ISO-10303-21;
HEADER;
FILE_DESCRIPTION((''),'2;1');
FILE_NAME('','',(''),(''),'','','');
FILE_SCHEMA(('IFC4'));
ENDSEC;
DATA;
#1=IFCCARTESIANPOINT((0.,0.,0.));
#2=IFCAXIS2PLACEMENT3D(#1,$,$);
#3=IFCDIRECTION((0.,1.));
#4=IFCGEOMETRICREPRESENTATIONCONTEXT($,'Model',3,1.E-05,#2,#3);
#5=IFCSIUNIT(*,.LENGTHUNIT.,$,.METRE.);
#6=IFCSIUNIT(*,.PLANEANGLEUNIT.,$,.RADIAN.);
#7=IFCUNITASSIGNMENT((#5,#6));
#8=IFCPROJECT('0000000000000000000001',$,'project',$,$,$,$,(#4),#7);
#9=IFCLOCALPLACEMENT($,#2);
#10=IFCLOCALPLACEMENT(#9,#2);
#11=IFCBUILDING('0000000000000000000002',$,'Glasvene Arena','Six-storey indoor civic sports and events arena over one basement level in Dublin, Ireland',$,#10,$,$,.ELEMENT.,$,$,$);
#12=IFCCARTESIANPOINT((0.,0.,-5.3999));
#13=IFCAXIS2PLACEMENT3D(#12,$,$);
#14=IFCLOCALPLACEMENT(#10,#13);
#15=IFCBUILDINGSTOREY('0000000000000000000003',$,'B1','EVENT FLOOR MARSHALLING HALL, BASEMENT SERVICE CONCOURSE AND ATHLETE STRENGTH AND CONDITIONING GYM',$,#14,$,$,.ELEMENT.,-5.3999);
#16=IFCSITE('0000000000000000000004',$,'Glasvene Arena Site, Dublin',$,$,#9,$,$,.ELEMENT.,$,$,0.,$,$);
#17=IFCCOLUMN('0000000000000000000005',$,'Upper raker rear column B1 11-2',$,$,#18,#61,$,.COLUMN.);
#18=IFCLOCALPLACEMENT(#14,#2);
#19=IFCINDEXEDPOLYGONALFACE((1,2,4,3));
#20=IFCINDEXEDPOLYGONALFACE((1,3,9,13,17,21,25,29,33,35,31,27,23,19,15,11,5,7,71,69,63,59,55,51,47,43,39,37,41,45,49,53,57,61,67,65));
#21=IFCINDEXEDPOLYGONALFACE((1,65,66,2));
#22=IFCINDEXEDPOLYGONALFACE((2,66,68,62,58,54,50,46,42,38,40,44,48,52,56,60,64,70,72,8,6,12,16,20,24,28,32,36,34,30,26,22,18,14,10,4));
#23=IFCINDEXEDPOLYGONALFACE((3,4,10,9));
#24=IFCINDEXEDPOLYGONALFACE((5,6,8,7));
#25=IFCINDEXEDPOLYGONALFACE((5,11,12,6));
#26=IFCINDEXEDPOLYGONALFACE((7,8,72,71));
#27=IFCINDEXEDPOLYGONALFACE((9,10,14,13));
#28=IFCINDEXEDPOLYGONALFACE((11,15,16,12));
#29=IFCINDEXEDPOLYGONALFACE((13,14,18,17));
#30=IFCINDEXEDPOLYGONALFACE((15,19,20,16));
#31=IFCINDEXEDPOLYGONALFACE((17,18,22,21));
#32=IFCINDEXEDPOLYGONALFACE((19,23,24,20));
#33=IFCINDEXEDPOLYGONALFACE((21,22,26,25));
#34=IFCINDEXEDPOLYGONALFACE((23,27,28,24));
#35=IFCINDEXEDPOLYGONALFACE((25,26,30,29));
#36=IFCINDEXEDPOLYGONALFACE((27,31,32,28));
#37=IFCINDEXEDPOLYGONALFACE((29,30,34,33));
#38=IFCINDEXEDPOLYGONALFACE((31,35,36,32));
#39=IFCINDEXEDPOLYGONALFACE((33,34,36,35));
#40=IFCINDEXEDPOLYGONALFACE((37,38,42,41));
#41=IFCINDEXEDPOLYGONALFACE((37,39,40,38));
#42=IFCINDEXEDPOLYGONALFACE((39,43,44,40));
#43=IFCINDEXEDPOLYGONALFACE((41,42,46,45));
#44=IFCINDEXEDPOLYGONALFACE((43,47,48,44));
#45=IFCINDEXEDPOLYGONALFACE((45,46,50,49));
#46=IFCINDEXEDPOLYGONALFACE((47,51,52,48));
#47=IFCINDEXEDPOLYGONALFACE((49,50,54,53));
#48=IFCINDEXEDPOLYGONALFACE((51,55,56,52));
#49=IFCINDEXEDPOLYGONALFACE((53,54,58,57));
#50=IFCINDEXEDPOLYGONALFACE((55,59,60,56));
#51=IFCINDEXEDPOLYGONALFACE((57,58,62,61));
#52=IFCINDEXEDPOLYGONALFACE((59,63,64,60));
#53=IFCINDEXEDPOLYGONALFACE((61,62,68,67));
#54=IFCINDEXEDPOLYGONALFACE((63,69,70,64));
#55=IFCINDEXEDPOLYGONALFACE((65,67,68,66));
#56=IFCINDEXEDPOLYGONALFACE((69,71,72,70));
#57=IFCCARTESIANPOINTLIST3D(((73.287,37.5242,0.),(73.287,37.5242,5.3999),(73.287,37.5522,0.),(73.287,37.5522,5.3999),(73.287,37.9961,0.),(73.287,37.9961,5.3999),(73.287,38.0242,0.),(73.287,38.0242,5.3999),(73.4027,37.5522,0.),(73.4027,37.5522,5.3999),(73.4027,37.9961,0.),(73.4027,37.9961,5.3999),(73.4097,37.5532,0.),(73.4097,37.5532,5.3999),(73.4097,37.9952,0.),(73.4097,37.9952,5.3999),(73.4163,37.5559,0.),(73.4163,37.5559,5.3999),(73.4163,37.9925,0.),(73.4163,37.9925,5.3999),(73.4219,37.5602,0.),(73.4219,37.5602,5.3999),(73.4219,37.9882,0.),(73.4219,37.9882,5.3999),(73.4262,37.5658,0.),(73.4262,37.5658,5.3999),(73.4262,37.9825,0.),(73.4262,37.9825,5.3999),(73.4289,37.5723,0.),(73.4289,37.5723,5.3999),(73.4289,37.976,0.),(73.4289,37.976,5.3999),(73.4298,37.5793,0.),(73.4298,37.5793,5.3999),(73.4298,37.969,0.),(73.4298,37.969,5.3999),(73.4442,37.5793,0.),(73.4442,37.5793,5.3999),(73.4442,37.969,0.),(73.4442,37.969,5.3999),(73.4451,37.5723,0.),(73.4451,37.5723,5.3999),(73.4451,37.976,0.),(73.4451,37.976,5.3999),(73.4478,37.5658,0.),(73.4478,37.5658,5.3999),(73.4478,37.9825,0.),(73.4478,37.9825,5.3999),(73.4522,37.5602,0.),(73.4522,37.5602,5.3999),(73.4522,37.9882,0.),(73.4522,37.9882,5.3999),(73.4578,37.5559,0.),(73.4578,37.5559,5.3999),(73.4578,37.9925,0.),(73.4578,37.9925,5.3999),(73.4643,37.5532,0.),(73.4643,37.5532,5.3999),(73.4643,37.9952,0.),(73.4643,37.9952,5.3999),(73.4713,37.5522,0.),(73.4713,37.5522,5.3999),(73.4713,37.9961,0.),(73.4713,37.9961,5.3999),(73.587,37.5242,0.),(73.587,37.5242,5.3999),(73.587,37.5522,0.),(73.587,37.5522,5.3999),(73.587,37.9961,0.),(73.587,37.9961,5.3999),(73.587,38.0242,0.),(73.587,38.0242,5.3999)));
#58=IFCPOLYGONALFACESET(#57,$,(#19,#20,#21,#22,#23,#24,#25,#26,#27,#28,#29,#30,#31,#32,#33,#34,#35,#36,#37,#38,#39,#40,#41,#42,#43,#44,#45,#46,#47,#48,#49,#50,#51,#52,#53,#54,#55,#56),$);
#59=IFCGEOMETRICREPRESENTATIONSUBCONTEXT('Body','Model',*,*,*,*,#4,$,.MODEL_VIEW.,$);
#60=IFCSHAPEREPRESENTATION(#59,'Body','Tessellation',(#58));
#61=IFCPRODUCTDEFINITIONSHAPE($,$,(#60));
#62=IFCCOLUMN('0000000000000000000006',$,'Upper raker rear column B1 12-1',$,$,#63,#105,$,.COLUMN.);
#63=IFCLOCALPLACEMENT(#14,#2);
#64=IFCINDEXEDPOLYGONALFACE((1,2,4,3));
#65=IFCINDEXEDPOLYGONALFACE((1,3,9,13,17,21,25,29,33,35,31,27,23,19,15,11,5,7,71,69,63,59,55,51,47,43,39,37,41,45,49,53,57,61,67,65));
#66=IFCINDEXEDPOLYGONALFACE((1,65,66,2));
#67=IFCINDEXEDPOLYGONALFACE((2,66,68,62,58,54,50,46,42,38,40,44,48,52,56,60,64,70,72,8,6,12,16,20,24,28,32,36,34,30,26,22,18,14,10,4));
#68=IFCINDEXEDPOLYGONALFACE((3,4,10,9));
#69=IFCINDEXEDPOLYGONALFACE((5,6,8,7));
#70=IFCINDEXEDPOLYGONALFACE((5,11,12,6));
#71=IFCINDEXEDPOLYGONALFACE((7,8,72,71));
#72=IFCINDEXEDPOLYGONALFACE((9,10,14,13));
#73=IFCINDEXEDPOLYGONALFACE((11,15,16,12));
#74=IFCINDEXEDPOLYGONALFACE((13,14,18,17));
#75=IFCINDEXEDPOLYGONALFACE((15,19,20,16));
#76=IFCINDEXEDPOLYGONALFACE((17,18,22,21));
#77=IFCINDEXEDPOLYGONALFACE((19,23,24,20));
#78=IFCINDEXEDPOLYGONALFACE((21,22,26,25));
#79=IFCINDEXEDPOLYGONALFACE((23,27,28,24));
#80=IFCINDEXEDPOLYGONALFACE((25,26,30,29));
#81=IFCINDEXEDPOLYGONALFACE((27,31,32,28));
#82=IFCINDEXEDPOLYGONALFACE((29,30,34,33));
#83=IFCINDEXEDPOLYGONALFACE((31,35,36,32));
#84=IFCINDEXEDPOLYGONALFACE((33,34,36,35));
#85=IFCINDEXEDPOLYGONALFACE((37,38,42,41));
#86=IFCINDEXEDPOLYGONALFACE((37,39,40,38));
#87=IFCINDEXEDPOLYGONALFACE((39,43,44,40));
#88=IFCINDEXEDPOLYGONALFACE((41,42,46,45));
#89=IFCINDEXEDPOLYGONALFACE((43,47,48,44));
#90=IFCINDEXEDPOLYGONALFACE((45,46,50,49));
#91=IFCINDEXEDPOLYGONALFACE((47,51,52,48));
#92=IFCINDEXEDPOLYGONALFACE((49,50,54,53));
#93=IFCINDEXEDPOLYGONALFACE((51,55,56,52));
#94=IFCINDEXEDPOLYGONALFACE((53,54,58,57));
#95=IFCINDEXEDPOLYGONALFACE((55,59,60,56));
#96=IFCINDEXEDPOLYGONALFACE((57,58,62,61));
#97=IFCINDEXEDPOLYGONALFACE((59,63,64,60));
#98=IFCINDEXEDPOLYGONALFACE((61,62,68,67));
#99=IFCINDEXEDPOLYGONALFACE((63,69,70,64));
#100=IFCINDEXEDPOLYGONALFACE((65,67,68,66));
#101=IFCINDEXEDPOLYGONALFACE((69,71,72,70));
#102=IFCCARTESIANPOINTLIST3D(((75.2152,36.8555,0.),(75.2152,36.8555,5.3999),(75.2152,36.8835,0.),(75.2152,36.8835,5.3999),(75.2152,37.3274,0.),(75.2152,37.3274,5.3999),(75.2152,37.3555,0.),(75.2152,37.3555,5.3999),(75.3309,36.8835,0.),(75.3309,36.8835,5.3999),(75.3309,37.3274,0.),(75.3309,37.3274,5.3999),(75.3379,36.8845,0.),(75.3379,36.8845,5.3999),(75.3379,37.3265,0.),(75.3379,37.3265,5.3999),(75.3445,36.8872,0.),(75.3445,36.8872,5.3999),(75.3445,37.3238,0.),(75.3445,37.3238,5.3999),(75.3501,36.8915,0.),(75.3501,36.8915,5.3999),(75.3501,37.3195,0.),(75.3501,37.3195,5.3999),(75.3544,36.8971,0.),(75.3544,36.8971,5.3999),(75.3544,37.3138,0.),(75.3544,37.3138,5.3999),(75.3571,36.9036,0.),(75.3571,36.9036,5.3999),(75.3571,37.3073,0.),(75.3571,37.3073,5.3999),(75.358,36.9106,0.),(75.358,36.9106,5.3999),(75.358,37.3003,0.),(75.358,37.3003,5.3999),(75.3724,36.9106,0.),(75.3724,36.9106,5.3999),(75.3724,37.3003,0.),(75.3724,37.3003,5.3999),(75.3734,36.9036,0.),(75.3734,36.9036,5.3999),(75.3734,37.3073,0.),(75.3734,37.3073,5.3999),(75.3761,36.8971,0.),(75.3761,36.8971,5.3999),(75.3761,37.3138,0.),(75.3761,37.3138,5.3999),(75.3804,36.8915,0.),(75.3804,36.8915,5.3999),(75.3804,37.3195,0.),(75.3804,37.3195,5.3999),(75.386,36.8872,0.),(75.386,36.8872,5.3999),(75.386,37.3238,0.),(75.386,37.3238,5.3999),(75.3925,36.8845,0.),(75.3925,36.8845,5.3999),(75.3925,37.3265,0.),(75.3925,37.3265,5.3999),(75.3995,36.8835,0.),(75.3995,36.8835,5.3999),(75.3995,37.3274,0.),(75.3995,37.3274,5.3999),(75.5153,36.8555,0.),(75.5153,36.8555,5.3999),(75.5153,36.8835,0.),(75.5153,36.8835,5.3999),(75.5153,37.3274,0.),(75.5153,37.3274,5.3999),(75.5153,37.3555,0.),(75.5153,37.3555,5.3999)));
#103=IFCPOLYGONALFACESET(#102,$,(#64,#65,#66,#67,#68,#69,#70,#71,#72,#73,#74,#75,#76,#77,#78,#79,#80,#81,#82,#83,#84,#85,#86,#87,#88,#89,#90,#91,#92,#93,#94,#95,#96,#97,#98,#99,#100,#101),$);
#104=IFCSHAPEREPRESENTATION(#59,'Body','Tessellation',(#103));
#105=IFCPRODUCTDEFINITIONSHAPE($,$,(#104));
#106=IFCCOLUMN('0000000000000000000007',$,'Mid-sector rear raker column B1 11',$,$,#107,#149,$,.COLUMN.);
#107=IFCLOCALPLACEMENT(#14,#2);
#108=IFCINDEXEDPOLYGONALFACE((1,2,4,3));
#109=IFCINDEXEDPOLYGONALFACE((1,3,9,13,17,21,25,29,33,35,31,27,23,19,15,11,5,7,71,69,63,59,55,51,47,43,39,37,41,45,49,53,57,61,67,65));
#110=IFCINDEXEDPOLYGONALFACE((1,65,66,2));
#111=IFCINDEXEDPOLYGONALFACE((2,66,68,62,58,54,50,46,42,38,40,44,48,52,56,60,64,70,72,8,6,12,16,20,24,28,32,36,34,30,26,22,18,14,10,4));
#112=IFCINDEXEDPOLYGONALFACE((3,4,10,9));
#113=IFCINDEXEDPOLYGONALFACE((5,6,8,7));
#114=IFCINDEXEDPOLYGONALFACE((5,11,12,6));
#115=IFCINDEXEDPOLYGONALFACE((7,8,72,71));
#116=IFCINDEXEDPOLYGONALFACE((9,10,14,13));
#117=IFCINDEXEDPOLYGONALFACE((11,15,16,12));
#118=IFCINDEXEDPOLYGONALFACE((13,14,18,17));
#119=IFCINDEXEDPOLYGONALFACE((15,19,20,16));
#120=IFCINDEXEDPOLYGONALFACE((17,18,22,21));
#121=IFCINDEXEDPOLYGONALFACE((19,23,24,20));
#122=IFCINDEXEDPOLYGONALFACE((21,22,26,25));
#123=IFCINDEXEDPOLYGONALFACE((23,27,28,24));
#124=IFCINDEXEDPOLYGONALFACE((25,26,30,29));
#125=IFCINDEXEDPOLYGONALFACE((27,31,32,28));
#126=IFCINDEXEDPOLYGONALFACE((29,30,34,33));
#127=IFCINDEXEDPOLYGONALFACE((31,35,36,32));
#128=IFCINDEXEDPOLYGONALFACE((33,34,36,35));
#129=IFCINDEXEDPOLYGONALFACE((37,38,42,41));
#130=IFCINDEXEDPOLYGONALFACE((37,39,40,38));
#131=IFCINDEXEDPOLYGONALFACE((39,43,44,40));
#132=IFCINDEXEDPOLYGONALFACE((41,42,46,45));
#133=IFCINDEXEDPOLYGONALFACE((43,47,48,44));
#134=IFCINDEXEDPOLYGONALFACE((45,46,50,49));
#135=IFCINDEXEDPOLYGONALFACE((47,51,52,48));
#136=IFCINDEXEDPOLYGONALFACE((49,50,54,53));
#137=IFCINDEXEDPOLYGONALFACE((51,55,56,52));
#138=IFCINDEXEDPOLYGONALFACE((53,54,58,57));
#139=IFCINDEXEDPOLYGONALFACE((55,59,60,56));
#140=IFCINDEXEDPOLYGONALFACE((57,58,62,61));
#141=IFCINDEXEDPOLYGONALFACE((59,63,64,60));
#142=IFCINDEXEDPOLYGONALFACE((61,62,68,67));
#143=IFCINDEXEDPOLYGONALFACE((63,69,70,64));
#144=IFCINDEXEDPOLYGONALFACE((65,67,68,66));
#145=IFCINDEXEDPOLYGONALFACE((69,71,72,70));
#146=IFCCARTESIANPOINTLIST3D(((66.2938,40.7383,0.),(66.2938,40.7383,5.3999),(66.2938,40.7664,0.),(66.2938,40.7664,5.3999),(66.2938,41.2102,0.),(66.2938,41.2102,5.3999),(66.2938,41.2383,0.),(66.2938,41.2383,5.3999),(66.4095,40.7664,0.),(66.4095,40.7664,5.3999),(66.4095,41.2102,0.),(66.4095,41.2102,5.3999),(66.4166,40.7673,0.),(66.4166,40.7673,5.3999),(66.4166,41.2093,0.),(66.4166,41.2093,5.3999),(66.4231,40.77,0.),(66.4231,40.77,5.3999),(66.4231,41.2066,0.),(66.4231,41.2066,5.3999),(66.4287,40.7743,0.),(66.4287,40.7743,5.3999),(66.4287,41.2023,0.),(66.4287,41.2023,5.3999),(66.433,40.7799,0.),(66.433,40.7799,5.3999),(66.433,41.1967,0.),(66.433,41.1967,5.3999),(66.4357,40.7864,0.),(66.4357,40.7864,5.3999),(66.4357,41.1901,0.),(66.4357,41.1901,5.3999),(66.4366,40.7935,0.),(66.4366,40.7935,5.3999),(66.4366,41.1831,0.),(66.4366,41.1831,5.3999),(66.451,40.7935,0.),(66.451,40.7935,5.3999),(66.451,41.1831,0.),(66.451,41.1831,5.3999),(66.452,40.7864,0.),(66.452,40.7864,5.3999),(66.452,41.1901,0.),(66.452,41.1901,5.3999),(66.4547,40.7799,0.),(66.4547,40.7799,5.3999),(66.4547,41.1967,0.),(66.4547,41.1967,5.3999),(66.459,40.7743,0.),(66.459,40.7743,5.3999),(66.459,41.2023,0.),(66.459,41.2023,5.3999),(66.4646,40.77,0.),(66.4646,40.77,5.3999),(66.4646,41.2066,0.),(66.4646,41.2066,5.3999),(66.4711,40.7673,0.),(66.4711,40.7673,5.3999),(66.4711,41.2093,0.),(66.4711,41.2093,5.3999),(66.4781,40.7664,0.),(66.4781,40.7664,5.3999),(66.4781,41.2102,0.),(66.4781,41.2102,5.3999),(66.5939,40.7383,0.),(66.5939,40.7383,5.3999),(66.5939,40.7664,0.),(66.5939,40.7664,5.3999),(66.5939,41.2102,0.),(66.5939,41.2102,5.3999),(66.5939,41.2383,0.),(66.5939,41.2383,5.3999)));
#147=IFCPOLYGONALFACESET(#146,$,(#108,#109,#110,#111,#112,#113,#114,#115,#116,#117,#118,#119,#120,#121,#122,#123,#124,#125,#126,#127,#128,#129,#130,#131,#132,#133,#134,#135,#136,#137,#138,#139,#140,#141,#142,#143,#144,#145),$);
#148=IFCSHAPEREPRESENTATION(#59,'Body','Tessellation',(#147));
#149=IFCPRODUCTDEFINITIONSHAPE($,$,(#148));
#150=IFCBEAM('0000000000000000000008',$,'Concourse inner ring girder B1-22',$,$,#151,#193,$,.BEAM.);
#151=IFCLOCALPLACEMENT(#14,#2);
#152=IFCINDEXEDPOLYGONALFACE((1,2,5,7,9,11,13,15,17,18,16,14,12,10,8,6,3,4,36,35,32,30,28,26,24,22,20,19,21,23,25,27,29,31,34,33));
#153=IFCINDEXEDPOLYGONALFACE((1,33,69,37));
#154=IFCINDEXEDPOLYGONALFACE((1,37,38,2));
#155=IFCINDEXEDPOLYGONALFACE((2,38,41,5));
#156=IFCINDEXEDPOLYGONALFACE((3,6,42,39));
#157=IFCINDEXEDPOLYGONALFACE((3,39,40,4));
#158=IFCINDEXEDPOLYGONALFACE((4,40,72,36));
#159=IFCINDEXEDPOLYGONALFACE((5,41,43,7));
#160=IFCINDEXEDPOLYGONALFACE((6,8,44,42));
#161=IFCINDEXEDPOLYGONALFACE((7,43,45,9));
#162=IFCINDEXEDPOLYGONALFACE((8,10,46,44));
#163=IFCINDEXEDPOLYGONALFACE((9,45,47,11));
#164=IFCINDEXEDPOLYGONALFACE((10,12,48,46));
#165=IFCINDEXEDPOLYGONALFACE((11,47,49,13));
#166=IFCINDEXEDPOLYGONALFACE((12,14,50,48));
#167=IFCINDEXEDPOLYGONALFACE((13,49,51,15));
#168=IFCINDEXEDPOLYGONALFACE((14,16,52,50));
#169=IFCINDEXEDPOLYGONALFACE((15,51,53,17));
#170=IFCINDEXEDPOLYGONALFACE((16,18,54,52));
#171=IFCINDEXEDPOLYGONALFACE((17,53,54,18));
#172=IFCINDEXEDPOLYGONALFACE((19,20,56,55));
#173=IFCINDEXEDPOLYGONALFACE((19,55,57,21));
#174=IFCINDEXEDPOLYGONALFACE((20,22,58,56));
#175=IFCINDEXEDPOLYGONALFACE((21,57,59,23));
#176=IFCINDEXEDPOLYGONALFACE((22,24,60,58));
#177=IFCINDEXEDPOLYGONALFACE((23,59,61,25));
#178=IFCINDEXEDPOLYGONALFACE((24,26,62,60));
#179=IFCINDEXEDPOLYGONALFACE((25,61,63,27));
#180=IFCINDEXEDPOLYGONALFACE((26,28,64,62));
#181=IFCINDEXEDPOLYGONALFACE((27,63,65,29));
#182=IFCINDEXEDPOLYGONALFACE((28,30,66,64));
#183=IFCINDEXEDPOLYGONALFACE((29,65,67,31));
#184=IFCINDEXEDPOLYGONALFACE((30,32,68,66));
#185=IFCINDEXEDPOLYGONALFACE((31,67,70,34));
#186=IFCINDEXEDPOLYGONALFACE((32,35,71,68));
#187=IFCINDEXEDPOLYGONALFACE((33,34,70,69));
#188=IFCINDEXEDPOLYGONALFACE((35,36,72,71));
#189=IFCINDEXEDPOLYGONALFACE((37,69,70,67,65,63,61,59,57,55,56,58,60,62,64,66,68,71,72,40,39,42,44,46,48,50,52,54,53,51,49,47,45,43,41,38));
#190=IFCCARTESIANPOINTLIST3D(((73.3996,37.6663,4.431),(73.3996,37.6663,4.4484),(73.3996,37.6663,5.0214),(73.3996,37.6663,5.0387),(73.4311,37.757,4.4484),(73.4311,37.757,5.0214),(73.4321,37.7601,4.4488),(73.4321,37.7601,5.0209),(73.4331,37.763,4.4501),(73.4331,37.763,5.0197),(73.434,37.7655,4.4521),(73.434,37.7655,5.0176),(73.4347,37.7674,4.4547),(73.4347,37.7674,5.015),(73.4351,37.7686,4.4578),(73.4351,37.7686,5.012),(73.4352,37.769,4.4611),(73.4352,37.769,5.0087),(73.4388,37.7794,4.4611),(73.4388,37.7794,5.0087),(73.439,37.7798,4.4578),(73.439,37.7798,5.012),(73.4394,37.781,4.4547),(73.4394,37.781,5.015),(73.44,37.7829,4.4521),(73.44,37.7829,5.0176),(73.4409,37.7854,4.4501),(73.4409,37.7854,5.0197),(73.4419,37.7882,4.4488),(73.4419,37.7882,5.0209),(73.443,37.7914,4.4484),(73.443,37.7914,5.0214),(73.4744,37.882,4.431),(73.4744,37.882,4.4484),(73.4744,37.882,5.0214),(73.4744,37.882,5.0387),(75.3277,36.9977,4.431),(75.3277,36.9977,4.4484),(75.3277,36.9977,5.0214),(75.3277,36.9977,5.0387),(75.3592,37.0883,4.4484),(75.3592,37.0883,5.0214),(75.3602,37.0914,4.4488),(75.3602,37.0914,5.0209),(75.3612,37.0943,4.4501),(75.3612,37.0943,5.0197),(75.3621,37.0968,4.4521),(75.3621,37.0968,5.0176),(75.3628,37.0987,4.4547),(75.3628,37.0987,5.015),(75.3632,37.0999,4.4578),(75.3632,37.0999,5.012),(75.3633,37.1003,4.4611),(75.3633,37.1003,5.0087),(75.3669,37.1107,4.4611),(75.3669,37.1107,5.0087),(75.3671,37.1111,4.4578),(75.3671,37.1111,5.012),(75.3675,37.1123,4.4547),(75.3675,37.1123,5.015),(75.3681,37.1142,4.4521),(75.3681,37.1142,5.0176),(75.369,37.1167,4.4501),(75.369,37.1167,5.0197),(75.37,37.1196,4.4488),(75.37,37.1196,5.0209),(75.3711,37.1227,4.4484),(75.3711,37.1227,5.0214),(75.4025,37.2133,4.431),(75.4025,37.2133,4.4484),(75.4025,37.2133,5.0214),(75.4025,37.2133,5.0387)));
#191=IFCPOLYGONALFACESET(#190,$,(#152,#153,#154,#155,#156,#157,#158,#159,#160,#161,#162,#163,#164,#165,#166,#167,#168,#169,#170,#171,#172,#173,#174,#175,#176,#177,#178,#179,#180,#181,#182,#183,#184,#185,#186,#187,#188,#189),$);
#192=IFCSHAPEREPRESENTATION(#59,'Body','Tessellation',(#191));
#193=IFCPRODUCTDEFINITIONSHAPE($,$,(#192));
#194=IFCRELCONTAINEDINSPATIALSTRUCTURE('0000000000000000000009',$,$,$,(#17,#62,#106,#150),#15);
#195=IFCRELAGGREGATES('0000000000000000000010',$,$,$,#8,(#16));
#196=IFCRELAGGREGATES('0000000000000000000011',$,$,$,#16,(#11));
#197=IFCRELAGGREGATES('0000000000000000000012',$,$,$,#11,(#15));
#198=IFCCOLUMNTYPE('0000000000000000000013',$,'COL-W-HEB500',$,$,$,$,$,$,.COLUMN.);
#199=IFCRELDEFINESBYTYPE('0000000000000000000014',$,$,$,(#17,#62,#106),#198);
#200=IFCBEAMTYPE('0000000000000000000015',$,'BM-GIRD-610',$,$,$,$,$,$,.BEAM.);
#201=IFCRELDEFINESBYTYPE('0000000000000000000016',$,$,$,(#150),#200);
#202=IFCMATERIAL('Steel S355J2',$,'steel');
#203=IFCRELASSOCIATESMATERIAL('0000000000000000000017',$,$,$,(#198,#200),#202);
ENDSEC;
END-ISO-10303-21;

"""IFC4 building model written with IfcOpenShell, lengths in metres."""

from ifc_helpers import new_model, si_unit, direction, frame, origin, origin_2d, place, context, subcontext, project, spatial, i_section, extrude, material, material_profile, profile_set, type_object, element, save


model = new_model("IFC4")

# Units and contexts
model_context = context("Model", 3, precision=1e-05, world=origin(), true_north=direction((0.0, 1.0)))
body_context = subcontext(model_context, "Body", "Model", "MODEL_VIEW")
ifc_project = project(units=[si_unit("LENGTHUNIT", "METRE"), si_unit("PLANEANGLEUNIT", "RADIAN")], contexts=[model_context])

# Site, building, storey
site_placement = place(None, origin())
site = spatial("IfcSite", under=ifc_project, at=site_placement, Name="Glasvene Arena Site, Dublin", CompositionType="ELEMENT", RefElevation=0.0)
building_placement = place(site_placement, origin())
building = spatial("IfcBuilding", under=site, at=building_placement, Name="Glasvene Arena", Description="Six-storey indoor civic sports and events arena over one basement level in Dublin, Ireland", CompositionType="ELEMENT")
storey_placement = place(building_placement, frame((0.0, 0.0, -5.3999)))
storey = spatial("IfcBuildingStorey", under=building, at=storey_placement, Name="B1", Description="EVENT FLOOR MARSHALLING HALL, BASEMENT SERVICE CONCOURSE AND ATHLETE STRENGTH AND CONDITIONING GYM", CompositionType="ELEMENT", Elevation=-5.3999)

# Columns
ifc_material_1 = material(Name="Steel S355J2", Category="steel")
ifc_material_profile_1 = material_profile(ifc_material_1, i_section(OverallWidth=0.3, OverallDepth=0.5, WebThickness=0.0144, FlangeThickness=0.0281, FilletRadius=0.0271, at=origin_2d()), Name="HEB 500")
ifc_profile_set_1 = profile_set([ifc_material_profile_1], Name="Steel S355J2")
column_type = type_object("IfcColumnType", Name="COL-W-HEB500", PredefinedType="COLUMN", material=ifc_profile_set_1)
for number, where, z_axis, x_axis, name in (
    (1, (73.437, 37.7742, 0.0), (0.0, 0.0, 1.0), (1.0, 0.0, 0.0), "Upper raker rear column B1 11-2"),
    (2, (75.3652, 37.1055, 0.0), (0.0, 0.0, 1.0), (1.0, 0.0, 0.0), "Upper raker rear column B1 12-1"),
    (3, (66.4438, 40.9883, 0.0), (0.0, 0.0, 1.0), (1.0, 0.0, 0.0), "Mid-sector rear raker column B1 11"),
):
    element("IfcColumn", number, at=place(storey_placement, frame(where, z_axis=z_axis, x_axis=x_axis)), inside=storey, type_object=column_type, Name=name, PredefinedType="COLUMN", context=body_context, shape_type="SweptSolid", body=[
        extrude(i_section(OverallWidth=0.3, OverallDepth=0.5, WebThickness=0.0144, FlangeThickness=0.0281, FilletRadius=0.0271, at=origin_2d()), origin(), (0.0, 0.0, 1.0), 5.3999),
    ])

# Beam
ifc_material_profile_2 = material_profile(ifc_material_1, i_section(OverallWidth=0.2283, OverallDepth=0.6077, WebThickness=0.011, FlangeThickness=0.0173, FilletRadius=0.0127, at=origin_2d()), Name="UKB 610x229x113")
ifc_profile_set_2 = profile_set([ifc_material_profile_2], Name="Steel S355J2")
beam_type_1 = type_object("IfcBeamType", Name="BM-GIRD-610", PredefinedType="BEAM", material=ifc_profile_set_2)
beam_1_placement = place(storey_placement, frame((73.437, 37.7742, 4.7349), z_axis=(0.944798, -0.327653, 0.0), x_axis=(0.327653, 0.944798, 0.0)))
element("IfcBeam", 4, at=beam_1_placement, inside=storey, type_object=beam_type_1, Name="Concourse inner ring girder B1-22", PredefinedType="BEAM", context=body_context, shape_type="SweptSolid", body=[
    extrude(i_section(OverallWidth=0.2283, OverallDepth=0.6077, WebThickness=0.011, FlangeThickness=0.0173, FilletRadius=0.0127, at=origin_2d()), origin(), (0.0, 0.0, 1.0), 2.0408),
])

save(model, "model.ifc")
